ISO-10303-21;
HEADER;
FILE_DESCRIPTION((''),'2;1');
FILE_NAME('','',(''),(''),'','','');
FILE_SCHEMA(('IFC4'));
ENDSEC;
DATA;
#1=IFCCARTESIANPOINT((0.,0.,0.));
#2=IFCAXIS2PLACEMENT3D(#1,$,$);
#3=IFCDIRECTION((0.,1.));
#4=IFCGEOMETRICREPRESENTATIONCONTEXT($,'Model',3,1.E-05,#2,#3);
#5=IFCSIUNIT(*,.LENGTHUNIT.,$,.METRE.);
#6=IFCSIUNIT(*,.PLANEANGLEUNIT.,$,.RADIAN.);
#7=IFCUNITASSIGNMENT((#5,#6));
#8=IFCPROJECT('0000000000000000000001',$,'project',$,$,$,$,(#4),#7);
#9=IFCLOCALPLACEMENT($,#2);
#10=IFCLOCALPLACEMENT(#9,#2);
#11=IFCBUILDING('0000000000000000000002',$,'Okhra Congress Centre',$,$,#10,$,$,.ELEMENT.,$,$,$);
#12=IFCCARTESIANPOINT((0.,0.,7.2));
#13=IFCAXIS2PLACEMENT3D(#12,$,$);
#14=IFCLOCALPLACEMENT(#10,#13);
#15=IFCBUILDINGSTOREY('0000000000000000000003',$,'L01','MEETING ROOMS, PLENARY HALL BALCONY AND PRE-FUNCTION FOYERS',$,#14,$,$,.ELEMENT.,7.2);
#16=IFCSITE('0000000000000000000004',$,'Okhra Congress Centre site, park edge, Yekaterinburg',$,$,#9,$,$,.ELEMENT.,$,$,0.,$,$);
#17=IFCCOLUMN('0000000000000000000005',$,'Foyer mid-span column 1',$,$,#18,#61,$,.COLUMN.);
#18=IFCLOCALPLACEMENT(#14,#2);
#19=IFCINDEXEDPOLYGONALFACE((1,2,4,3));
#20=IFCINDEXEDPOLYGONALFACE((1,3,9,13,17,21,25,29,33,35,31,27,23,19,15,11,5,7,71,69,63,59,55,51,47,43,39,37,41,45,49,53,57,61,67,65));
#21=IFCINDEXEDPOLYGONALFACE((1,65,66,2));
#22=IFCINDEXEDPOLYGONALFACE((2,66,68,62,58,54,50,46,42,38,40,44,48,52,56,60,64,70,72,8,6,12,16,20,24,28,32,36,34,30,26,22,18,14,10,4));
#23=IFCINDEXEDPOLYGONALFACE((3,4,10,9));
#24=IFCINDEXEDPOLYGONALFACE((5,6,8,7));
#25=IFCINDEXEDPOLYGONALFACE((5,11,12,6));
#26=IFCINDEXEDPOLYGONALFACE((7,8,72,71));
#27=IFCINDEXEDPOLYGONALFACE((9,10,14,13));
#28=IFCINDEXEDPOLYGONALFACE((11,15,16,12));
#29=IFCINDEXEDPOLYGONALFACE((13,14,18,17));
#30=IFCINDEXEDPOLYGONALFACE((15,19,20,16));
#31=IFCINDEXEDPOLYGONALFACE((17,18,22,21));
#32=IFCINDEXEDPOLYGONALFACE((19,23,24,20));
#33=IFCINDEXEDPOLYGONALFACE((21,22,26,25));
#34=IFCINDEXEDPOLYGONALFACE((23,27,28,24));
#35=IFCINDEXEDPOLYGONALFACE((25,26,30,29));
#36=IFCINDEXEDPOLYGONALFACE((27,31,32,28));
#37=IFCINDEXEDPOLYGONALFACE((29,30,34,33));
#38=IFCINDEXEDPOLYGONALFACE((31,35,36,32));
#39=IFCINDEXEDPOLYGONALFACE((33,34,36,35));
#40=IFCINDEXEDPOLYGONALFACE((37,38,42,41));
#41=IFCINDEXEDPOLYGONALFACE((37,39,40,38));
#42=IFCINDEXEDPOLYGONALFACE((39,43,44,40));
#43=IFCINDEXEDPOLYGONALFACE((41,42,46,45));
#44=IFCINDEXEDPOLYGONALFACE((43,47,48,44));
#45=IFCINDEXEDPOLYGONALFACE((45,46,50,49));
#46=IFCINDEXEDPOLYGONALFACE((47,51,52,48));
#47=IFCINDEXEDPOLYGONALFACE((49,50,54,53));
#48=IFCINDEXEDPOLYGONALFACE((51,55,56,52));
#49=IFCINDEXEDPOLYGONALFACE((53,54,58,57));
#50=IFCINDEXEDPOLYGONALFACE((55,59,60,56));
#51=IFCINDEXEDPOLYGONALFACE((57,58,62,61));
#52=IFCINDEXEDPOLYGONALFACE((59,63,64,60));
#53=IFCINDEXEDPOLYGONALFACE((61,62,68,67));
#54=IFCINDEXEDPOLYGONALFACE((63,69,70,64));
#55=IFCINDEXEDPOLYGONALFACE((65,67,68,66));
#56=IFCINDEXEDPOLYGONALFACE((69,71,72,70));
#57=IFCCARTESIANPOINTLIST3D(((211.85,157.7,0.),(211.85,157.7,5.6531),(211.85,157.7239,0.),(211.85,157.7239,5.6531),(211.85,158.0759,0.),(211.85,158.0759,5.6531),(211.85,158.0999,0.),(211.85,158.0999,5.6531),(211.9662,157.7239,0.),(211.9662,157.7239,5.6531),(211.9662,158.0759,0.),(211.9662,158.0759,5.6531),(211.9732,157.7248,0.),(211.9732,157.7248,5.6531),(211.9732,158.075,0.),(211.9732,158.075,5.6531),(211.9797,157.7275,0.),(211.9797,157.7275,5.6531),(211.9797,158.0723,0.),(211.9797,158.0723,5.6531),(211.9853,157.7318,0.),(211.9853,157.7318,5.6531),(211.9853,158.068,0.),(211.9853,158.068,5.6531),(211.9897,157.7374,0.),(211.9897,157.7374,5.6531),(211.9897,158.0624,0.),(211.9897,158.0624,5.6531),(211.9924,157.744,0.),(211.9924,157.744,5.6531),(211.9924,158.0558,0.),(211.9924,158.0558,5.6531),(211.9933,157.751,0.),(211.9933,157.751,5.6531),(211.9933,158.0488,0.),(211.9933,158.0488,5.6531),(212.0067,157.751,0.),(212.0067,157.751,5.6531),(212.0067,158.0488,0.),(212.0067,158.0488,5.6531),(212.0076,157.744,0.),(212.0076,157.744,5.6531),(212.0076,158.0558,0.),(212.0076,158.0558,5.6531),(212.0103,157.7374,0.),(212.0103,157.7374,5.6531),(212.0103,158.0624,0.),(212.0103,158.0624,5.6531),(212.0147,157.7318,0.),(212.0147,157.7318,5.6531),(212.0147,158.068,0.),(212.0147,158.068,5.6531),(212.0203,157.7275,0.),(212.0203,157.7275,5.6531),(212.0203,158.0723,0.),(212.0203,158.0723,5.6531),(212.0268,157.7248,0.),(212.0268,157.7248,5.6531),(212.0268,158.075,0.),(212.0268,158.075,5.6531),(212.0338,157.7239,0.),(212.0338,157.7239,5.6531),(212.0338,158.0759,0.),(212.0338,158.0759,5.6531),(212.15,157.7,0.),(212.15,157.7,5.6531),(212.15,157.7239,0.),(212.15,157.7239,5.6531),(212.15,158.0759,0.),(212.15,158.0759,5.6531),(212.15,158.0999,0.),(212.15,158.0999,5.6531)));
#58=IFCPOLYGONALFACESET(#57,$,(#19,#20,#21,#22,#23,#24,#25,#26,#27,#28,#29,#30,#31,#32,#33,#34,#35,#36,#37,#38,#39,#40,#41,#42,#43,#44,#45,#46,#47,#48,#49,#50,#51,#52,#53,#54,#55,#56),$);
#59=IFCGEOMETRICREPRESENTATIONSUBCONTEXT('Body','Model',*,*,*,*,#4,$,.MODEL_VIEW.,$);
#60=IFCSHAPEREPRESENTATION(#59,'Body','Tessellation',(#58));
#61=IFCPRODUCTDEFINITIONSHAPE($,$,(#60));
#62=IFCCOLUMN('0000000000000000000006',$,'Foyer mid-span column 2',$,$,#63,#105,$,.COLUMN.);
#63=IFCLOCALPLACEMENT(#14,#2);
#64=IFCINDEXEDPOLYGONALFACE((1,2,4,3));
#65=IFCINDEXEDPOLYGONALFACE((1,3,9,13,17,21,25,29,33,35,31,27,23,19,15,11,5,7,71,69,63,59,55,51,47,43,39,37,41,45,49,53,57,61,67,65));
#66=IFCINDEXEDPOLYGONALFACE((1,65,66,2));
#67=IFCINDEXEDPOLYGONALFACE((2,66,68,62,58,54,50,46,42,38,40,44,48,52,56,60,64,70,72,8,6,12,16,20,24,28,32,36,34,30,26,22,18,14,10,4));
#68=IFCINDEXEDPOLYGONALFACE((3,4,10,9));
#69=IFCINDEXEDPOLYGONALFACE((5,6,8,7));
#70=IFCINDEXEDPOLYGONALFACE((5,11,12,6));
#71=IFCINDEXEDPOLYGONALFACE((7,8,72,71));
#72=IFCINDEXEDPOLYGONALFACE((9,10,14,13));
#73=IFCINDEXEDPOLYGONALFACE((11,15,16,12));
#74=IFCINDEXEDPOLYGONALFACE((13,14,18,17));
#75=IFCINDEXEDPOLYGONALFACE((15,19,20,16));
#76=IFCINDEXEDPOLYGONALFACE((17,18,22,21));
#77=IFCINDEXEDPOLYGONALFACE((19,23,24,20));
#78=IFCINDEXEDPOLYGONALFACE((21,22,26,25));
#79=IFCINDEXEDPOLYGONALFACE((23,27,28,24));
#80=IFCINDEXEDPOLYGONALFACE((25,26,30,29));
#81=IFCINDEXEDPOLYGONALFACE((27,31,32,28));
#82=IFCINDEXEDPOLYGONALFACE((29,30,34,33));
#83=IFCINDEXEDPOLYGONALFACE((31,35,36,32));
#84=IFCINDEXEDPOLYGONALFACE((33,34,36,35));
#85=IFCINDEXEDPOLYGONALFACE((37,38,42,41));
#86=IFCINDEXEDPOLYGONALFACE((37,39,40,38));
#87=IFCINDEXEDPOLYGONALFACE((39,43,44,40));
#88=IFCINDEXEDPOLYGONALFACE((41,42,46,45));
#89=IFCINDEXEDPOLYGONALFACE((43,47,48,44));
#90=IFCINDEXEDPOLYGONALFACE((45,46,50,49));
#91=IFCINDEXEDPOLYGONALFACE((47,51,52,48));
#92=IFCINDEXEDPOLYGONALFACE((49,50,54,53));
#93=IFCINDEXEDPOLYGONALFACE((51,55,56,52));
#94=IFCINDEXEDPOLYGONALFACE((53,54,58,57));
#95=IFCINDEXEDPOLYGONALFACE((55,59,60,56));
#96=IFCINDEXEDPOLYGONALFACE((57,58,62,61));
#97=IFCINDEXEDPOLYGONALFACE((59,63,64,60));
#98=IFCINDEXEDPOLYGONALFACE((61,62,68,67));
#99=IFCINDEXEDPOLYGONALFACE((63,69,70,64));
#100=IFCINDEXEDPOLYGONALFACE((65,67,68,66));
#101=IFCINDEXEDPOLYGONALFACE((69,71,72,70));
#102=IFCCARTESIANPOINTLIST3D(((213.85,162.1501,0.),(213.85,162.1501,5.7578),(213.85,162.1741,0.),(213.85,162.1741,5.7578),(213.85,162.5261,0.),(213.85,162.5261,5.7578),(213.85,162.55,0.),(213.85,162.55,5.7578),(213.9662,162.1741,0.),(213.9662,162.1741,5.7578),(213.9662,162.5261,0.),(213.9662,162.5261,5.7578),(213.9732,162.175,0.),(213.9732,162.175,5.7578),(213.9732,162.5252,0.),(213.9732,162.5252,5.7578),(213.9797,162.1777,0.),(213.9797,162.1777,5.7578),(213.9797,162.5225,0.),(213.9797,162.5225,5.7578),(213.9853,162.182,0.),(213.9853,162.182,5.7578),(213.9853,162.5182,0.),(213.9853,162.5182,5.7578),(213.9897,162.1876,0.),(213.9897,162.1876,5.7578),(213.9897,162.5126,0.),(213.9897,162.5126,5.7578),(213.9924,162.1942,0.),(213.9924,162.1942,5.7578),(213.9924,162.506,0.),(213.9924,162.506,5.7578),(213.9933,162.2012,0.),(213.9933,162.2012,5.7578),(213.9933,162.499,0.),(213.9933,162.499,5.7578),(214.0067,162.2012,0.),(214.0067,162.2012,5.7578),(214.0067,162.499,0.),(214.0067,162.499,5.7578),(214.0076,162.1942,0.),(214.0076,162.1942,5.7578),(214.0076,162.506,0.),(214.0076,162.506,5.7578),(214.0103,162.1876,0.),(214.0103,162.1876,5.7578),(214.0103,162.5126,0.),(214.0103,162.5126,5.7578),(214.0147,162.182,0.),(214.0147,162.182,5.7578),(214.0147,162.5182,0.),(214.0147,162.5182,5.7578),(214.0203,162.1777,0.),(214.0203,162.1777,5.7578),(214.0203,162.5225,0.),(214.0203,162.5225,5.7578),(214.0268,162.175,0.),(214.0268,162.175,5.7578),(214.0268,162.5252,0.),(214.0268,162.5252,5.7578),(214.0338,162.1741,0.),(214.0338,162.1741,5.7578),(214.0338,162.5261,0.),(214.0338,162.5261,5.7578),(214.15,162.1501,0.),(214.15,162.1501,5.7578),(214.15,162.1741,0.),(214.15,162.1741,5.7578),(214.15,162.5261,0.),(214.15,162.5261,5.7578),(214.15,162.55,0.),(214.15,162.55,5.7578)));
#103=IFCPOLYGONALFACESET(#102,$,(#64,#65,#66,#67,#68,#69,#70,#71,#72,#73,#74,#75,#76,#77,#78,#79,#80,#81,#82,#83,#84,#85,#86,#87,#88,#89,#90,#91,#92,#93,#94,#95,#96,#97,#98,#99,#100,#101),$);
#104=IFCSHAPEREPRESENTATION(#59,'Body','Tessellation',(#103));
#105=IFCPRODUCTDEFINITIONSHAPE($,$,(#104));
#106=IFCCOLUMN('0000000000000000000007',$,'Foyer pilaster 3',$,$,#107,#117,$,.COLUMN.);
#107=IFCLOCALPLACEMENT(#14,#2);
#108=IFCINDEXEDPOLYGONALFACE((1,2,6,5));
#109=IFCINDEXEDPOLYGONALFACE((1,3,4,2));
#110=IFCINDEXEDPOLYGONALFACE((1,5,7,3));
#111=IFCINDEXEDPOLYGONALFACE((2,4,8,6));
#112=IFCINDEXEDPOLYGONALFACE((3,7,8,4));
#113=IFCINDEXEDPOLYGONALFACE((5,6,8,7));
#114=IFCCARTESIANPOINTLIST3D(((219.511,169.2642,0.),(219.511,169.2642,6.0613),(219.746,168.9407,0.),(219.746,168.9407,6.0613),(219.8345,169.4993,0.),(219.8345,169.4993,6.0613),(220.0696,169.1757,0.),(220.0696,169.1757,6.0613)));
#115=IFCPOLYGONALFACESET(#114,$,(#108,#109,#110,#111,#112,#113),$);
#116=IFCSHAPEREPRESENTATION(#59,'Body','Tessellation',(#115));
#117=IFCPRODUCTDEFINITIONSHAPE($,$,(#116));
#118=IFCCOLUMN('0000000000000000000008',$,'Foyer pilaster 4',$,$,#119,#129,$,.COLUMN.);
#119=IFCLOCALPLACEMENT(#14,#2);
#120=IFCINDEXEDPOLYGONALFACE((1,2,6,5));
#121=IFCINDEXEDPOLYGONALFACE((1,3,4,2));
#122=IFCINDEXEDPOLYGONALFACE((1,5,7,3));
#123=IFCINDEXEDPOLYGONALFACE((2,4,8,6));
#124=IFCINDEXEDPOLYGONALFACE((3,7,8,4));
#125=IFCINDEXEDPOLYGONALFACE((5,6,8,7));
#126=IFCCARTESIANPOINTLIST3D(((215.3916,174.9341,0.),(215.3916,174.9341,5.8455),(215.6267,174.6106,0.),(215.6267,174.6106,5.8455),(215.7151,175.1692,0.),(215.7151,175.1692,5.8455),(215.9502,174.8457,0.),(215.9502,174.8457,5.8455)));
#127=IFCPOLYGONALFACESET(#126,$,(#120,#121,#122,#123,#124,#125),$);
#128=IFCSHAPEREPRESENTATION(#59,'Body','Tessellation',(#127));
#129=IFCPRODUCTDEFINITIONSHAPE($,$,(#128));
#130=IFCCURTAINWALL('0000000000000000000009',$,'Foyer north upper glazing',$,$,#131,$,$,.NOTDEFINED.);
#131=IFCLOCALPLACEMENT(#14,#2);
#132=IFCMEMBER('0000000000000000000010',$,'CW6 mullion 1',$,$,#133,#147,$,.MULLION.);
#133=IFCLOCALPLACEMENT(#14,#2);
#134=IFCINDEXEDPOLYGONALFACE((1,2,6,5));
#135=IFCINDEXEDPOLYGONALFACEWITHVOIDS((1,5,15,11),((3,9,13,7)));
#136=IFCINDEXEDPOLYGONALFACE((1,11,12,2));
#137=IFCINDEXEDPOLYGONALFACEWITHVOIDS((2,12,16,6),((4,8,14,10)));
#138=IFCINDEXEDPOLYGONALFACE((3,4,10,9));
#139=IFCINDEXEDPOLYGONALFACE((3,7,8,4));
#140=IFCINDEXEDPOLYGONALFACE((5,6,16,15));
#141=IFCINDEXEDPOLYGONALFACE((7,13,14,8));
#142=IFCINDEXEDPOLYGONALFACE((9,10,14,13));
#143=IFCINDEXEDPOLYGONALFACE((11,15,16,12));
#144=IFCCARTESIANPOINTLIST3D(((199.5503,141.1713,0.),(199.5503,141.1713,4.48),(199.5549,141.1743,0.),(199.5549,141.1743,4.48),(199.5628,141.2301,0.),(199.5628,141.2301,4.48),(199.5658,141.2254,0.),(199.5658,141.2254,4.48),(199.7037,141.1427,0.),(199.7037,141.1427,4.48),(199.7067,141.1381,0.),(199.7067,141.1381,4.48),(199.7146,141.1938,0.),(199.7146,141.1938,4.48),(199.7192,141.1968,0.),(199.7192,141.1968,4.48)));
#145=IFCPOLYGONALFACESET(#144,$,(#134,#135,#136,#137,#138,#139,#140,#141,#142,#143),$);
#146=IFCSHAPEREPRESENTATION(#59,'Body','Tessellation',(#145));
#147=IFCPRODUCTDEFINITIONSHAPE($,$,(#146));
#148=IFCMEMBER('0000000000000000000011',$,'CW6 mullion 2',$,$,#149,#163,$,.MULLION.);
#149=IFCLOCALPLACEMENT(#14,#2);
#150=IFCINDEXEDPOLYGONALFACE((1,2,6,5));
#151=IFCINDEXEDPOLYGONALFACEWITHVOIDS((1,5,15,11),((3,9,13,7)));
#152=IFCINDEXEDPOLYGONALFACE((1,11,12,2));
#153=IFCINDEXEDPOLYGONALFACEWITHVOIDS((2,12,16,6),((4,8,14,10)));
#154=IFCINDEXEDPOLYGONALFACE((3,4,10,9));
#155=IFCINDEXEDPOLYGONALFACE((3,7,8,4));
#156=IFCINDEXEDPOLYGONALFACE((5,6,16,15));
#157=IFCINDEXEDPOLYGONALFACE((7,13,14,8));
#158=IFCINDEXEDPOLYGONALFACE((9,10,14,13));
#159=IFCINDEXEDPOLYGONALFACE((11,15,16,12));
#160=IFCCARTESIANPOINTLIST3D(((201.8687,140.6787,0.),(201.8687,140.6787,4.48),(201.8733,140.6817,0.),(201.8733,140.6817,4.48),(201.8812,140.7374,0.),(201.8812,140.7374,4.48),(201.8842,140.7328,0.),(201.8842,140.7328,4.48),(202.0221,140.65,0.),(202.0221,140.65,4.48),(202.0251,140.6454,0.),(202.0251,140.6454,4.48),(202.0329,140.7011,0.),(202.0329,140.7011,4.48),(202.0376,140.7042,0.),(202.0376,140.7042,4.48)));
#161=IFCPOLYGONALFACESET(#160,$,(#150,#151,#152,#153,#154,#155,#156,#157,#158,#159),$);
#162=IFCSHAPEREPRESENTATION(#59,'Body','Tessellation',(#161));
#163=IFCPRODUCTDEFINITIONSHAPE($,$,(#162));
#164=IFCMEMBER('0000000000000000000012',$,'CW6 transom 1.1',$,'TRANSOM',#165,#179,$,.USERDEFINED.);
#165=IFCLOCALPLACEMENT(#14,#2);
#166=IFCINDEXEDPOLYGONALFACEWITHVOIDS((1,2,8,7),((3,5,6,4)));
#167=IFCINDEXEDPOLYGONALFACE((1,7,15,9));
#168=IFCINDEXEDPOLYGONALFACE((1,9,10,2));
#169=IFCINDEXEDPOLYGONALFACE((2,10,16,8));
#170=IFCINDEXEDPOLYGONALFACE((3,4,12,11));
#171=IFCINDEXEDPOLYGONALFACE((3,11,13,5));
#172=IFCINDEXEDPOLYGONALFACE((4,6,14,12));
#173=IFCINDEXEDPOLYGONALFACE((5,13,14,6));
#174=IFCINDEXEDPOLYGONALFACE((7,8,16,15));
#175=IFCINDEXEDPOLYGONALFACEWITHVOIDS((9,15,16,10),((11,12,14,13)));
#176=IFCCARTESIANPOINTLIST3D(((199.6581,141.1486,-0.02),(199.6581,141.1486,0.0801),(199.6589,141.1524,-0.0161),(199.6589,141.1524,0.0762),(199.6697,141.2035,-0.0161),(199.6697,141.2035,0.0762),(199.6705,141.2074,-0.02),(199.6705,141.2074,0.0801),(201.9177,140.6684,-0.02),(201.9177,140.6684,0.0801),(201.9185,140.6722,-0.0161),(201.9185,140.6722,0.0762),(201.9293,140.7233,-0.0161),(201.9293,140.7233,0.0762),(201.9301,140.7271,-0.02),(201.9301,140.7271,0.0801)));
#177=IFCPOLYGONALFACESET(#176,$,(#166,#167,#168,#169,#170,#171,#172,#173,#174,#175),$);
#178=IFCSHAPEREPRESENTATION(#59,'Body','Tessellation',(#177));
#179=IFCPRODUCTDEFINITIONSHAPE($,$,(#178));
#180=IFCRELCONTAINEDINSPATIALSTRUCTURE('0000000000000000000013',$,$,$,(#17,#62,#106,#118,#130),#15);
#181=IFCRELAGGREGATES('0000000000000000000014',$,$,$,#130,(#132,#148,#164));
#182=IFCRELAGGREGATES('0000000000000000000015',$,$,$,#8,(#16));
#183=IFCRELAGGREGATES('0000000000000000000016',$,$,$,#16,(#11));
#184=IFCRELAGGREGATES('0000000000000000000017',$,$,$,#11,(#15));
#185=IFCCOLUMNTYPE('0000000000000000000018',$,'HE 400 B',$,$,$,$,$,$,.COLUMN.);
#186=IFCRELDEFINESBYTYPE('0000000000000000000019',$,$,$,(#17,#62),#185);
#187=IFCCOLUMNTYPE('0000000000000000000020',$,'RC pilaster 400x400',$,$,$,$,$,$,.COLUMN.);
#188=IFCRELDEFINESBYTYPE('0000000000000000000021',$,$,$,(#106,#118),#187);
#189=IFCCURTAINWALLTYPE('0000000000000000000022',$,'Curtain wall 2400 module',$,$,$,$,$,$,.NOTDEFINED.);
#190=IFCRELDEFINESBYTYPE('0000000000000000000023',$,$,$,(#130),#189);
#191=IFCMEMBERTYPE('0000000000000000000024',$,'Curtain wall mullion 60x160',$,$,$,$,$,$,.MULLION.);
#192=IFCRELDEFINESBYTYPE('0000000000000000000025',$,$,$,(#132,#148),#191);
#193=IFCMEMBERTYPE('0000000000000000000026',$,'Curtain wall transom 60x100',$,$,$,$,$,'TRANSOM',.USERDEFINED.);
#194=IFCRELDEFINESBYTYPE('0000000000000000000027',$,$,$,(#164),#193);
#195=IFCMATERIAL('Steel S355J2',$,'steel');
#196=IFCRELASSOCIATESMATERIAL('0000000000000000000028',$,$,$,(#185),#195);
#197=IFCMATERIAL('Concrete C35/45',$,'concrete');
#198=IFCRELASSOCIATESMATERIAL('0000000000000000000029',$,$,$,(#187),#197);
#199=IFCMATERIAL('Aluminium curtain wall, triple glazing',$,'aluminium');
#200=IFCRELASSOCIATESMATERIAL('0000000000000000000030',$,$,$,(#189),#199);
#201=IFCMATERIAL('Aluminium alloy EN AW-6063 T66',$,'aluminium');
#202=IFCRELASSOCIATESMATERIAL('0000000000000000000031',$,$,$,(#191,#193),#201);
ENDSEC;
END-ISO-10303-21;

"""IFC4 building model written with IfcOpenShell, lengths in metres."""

from ifc_helpers import new_model, si_unit, direction, frame, origin, origin_2d, place, context, subcontext, project, spatial, rectangle, hollow_rectangle, i_section, extrude, material, material_profile, profile_set, type_object, element, aggregate, save


model = new_model("IFC4")

# Units and contexts
model_context = context("Model", 3, precision=1e-05, world=origin(), true_north=direction((0.0, 1.0)))
body_context = subcontext(model_context, "Body", "Model", "MODEL_VIEW")
ifc_project = project(units=[si_unit("LENGTHUNIT", "METRE"), si_unit("PLANEANGLEUNIT", "RADIAN")], contexts=[model_context])

# Site, building, storey
site_placement = place(None, origin())
site = spatial("IfcSite", under=ifc_project, at=site_placement, Name="Okhra Congress Centre site, park edge, Yekaterinburg", CompositionType="ELEMENT", RefElevation=0.0)
building_placement = place(site_placement, origin())
building = spatial("IfcBuilding", under=site, at=building_placement, Name="Okhra Congress Centre", CompositionType="ELEMENT")
storey_placement = place(building_placement, frame((0.0, 0.0, 7.2)))
storey = spatial("IfcBuildingStorey", under=building, at=storey_placement, Name="L01", Description="MEETING ROOMS, PLENARY HALL BALCONY AND PRE-FUNCTION FOYERS", CompositionType="ELEMENT", Elevation=7.2)

# Columns
ifc_material_1 = material(Name="Steel S355J2", Category="steel")
ifc_material_profile_1 = material_profile(ifc_material_1, i_section(OverallWidth=0.3, OverallDepth=0.3999, WebThickness=0.0134, FlangeThickness=0.0239, FilletRadius=0.0271, at=origin_2d()), Name="HE 400 B")
ifc_profile_set_1 = profile_set([ifc_material_profile_1], Name="Steel S355J2")
column_type_1 = type_object("IfcColumnType", Name="HE 400 B", PredefinedType="COLUMN", material=ifc_profile_set_1)
column_1_placement = place(storey_placement, frame((212.0, 157.8999, 0.0), z_axis=(0.0, 0.0, 1.0), x_axis=(1.0, 0.0, 0.0)))
element("IfcColumn", 1, at=column_1_placement, inside=storey, type_object=column_type_1, Name="Foyer mid-span column 1", PredefinedType="COLUMN", context=body_context, shape_type="SweptSolid", body=[
    extrude(i_section(OverallWidth=0.3, OverallDepth=0.3999, WebThickness=0.0134, FlangeThickness=0.0239, FilletRadius=0.0271, at=origin_2d()), origin(), (0.0, 0.0, 1.0), 5.6531),
])
column_2_placement = place(storey_placement, frame((214.0, 162.3501, 0.0), z_axis=(0.0, 0.0, 1.0), x_axis=(1.0, 0.0, 0.0)))
element("IfcColumn", 2, at=column_2_placement, inside=storey, type_object=column_type_1, Name="Foyer mid-span column 2", PredefinedType="COLUMN", context=body_context, shape_type="SweptSolid", body=[
    extrude(i_section(OverallWidth=0.3, OverallDepth=0.3999, WebThickness=0.0134, FlangeThickness=0.0239, FilletRadius=0.0271, at=origin_2d()), origin(), (0.0, 0.0, 1.0), 5.7578),
])
ifc_material_2 = material(Name="Concrete C35/45", Category="concrete")
ifc_material_profile_2 = material_profile(ifc_material_2, rectangle(XDim=0.3999, YDim=0.3999, at=origin_2d()), Name="RC pilaster 400x400")
ifc_profile_set_2 = profile_set([ifc_material_profile_2], Name="Concrete C35/45")
column_type_2 = type_object("IfcColumnType", Name="RC pilaster 400x400", PredefinedType="COLUMN", material=ifc_profile_set_2)
column_3_placement = place(storey_placement, frame((219.7903, 169.22, 0.0), z_axis=(0.0, 0.0, 1.0), x_axis=(0.809017, 0.587785, 0.0)))
element("IfcColumn", 3, at=column_3_placement, inside=storey, type_object=column_type_2, Name="Foyer pilaster 3", PredefinedType="COLUMN", context=body_context, shape_type="SweptSolid", body=[
    extrude(rectangle(XDim=0.3999, YDim=0.3999, at=origin_2d()), origin(), (0.0, 0.0, 1.0), 6.0613),
])
column_4_placement = place(storey_placement, frame((215.6709, 174.8899, 0.0), z_axis=(0.0, 0.0, 1.0), x_axis=(0.809017, 0.587785, 0.0)))
element("IfcColumn", 4, at=column_4_placement, inside=storey, type_object=column_type_2, Name="Foyer pilaster 4", PredefinedType="COLUMN", context=body_context, shape_type="SweptSolid", body=[
    extrude(rectangle(XDim=0.3999, YDim=0.3999, at=origin_2d()), origin(), (0.0, 0.0, 1.0), 5.8455),
])

# Curtain wall, members
ifc_material_3 = material(Name="Aluminium curtain wall, triple glazing", Category="aluminium")
curtain_wall_type = type_object("IfcCurtainWallType", Name="Curtain wall 2400 module", PredefinedType="NOTDEFINED", material=ifc_material_3)
curtain_wall_placement = place(storey_placement, origin())
curtain_wall = element("IfcCurtainWall", 5, at=curtain_wall_placement, inside=storey, type_object=curtain_wall_type, Name="Foyer north upper glazing", PredefinedType="NOTDEFINED")
ifc_material_4 = material(Name="Aluminium alloy EN AW-6063 T66", Category="aluminium")
ifc_material_profile_3 = material_profile(ifc_material_4, hollow_rectangle(XDim=0.0601, YDim=0.1599, WallThickness=0.0039, at=origin_2d()), Name="RHS 60x160x4")
ifc_profile_set_3 = profile_set([ifc_material_profile_3], Name="Aluminium alloy EN AW-6063 T66")
member_type_1 = type_object("IfcMemberType", Name="Curtain wall mullion 60x160", PredefinedType="MULLION", material=ifc_profile_set_3)
member_1_placement = place(storey_placement, frame((199.6348, 141.1841, 0.0), z_axis=(0.0, 0.0, 1.0), x_axis=(0.207912, 0.978148, 0.0)))
member_1 = element("IfcMember", 6, at=member_1_placement, type_object=member_type_1, Name="CW6 mullion 1", PredefinedType="MULLION", context=body_context, shape_type="SweptSolid", body=[
    extrude(hollow_rectangle(XDim=0.0601, YDim=0.1599, WallThickness=0.0039, at=origin_2d()), origin(), (0.0, 0.0, 1.0), 4.48),
])
member_2_placement = place(storey_placement, frame((201.9531, 140.6914, 0.0), z_axis=(0.0, 0.0, 1.0), x_axis=(0.207912, 0.978148, 0.0)))
member_2 = element("IfcMember", 7, at=member_2_placement, type_object=member_type_1, Name="CW6 mullion 2", PredefinedType="MULLION", context=body_context, shape_type="SweptSolid", body=[
    extrude(hollow_rectangle(XDim=0.0601, YDim=0.1599, WallThickness=0.0039, at=origin_2d()), origin(), (0.0, 0.0, 1.0), 4.48),
])
ifc_material_profile_4 = material_profile(ifc_material_4, hollow_rectangle(XDim=0.0601, YDim=0.1001, WallThickness=0.0039, at=origin_2d()), Name="RHS 60x100x4")
ifc_profile_set_4 = profile_set([ifc_material_profile_4], Name="Aluminium alloy EN AW-6063 T66")
member_type_2 = type_object("IfcMemberType", Name="Curtain wall transom 60x100", ElementType="TRANSOM", PredefinedType="USERDEFINED", material=ifc_profile_set_4)
member_3_placement = place(storey_placement, frame((199.6643, 141.178, 0.03), z_axis=(0.978152, -0.20789, 0.0), x_axis=(0.20789, 0.978152, 0.0)))
member_3 = element("IfcMember", 8, at=member_3_placement, type_object=member_type_2, Name="CW6 transom 1.1", ObjectType="TRANSOM", PredefinedType="USERDEFINED", context=body_context, shape_type="SweptSolid", body=[
    extrude(hollow_rectangle(XDim=0.0601, YDim=0.1001, WallThickness=0.0039, at=origin_2d()), origin(), (0.0, 0.0, 1.0), 2.3101),
])
aggregate(curtain_wall, [member_1, member_2, member_3])

save(model, "model.ifc")
